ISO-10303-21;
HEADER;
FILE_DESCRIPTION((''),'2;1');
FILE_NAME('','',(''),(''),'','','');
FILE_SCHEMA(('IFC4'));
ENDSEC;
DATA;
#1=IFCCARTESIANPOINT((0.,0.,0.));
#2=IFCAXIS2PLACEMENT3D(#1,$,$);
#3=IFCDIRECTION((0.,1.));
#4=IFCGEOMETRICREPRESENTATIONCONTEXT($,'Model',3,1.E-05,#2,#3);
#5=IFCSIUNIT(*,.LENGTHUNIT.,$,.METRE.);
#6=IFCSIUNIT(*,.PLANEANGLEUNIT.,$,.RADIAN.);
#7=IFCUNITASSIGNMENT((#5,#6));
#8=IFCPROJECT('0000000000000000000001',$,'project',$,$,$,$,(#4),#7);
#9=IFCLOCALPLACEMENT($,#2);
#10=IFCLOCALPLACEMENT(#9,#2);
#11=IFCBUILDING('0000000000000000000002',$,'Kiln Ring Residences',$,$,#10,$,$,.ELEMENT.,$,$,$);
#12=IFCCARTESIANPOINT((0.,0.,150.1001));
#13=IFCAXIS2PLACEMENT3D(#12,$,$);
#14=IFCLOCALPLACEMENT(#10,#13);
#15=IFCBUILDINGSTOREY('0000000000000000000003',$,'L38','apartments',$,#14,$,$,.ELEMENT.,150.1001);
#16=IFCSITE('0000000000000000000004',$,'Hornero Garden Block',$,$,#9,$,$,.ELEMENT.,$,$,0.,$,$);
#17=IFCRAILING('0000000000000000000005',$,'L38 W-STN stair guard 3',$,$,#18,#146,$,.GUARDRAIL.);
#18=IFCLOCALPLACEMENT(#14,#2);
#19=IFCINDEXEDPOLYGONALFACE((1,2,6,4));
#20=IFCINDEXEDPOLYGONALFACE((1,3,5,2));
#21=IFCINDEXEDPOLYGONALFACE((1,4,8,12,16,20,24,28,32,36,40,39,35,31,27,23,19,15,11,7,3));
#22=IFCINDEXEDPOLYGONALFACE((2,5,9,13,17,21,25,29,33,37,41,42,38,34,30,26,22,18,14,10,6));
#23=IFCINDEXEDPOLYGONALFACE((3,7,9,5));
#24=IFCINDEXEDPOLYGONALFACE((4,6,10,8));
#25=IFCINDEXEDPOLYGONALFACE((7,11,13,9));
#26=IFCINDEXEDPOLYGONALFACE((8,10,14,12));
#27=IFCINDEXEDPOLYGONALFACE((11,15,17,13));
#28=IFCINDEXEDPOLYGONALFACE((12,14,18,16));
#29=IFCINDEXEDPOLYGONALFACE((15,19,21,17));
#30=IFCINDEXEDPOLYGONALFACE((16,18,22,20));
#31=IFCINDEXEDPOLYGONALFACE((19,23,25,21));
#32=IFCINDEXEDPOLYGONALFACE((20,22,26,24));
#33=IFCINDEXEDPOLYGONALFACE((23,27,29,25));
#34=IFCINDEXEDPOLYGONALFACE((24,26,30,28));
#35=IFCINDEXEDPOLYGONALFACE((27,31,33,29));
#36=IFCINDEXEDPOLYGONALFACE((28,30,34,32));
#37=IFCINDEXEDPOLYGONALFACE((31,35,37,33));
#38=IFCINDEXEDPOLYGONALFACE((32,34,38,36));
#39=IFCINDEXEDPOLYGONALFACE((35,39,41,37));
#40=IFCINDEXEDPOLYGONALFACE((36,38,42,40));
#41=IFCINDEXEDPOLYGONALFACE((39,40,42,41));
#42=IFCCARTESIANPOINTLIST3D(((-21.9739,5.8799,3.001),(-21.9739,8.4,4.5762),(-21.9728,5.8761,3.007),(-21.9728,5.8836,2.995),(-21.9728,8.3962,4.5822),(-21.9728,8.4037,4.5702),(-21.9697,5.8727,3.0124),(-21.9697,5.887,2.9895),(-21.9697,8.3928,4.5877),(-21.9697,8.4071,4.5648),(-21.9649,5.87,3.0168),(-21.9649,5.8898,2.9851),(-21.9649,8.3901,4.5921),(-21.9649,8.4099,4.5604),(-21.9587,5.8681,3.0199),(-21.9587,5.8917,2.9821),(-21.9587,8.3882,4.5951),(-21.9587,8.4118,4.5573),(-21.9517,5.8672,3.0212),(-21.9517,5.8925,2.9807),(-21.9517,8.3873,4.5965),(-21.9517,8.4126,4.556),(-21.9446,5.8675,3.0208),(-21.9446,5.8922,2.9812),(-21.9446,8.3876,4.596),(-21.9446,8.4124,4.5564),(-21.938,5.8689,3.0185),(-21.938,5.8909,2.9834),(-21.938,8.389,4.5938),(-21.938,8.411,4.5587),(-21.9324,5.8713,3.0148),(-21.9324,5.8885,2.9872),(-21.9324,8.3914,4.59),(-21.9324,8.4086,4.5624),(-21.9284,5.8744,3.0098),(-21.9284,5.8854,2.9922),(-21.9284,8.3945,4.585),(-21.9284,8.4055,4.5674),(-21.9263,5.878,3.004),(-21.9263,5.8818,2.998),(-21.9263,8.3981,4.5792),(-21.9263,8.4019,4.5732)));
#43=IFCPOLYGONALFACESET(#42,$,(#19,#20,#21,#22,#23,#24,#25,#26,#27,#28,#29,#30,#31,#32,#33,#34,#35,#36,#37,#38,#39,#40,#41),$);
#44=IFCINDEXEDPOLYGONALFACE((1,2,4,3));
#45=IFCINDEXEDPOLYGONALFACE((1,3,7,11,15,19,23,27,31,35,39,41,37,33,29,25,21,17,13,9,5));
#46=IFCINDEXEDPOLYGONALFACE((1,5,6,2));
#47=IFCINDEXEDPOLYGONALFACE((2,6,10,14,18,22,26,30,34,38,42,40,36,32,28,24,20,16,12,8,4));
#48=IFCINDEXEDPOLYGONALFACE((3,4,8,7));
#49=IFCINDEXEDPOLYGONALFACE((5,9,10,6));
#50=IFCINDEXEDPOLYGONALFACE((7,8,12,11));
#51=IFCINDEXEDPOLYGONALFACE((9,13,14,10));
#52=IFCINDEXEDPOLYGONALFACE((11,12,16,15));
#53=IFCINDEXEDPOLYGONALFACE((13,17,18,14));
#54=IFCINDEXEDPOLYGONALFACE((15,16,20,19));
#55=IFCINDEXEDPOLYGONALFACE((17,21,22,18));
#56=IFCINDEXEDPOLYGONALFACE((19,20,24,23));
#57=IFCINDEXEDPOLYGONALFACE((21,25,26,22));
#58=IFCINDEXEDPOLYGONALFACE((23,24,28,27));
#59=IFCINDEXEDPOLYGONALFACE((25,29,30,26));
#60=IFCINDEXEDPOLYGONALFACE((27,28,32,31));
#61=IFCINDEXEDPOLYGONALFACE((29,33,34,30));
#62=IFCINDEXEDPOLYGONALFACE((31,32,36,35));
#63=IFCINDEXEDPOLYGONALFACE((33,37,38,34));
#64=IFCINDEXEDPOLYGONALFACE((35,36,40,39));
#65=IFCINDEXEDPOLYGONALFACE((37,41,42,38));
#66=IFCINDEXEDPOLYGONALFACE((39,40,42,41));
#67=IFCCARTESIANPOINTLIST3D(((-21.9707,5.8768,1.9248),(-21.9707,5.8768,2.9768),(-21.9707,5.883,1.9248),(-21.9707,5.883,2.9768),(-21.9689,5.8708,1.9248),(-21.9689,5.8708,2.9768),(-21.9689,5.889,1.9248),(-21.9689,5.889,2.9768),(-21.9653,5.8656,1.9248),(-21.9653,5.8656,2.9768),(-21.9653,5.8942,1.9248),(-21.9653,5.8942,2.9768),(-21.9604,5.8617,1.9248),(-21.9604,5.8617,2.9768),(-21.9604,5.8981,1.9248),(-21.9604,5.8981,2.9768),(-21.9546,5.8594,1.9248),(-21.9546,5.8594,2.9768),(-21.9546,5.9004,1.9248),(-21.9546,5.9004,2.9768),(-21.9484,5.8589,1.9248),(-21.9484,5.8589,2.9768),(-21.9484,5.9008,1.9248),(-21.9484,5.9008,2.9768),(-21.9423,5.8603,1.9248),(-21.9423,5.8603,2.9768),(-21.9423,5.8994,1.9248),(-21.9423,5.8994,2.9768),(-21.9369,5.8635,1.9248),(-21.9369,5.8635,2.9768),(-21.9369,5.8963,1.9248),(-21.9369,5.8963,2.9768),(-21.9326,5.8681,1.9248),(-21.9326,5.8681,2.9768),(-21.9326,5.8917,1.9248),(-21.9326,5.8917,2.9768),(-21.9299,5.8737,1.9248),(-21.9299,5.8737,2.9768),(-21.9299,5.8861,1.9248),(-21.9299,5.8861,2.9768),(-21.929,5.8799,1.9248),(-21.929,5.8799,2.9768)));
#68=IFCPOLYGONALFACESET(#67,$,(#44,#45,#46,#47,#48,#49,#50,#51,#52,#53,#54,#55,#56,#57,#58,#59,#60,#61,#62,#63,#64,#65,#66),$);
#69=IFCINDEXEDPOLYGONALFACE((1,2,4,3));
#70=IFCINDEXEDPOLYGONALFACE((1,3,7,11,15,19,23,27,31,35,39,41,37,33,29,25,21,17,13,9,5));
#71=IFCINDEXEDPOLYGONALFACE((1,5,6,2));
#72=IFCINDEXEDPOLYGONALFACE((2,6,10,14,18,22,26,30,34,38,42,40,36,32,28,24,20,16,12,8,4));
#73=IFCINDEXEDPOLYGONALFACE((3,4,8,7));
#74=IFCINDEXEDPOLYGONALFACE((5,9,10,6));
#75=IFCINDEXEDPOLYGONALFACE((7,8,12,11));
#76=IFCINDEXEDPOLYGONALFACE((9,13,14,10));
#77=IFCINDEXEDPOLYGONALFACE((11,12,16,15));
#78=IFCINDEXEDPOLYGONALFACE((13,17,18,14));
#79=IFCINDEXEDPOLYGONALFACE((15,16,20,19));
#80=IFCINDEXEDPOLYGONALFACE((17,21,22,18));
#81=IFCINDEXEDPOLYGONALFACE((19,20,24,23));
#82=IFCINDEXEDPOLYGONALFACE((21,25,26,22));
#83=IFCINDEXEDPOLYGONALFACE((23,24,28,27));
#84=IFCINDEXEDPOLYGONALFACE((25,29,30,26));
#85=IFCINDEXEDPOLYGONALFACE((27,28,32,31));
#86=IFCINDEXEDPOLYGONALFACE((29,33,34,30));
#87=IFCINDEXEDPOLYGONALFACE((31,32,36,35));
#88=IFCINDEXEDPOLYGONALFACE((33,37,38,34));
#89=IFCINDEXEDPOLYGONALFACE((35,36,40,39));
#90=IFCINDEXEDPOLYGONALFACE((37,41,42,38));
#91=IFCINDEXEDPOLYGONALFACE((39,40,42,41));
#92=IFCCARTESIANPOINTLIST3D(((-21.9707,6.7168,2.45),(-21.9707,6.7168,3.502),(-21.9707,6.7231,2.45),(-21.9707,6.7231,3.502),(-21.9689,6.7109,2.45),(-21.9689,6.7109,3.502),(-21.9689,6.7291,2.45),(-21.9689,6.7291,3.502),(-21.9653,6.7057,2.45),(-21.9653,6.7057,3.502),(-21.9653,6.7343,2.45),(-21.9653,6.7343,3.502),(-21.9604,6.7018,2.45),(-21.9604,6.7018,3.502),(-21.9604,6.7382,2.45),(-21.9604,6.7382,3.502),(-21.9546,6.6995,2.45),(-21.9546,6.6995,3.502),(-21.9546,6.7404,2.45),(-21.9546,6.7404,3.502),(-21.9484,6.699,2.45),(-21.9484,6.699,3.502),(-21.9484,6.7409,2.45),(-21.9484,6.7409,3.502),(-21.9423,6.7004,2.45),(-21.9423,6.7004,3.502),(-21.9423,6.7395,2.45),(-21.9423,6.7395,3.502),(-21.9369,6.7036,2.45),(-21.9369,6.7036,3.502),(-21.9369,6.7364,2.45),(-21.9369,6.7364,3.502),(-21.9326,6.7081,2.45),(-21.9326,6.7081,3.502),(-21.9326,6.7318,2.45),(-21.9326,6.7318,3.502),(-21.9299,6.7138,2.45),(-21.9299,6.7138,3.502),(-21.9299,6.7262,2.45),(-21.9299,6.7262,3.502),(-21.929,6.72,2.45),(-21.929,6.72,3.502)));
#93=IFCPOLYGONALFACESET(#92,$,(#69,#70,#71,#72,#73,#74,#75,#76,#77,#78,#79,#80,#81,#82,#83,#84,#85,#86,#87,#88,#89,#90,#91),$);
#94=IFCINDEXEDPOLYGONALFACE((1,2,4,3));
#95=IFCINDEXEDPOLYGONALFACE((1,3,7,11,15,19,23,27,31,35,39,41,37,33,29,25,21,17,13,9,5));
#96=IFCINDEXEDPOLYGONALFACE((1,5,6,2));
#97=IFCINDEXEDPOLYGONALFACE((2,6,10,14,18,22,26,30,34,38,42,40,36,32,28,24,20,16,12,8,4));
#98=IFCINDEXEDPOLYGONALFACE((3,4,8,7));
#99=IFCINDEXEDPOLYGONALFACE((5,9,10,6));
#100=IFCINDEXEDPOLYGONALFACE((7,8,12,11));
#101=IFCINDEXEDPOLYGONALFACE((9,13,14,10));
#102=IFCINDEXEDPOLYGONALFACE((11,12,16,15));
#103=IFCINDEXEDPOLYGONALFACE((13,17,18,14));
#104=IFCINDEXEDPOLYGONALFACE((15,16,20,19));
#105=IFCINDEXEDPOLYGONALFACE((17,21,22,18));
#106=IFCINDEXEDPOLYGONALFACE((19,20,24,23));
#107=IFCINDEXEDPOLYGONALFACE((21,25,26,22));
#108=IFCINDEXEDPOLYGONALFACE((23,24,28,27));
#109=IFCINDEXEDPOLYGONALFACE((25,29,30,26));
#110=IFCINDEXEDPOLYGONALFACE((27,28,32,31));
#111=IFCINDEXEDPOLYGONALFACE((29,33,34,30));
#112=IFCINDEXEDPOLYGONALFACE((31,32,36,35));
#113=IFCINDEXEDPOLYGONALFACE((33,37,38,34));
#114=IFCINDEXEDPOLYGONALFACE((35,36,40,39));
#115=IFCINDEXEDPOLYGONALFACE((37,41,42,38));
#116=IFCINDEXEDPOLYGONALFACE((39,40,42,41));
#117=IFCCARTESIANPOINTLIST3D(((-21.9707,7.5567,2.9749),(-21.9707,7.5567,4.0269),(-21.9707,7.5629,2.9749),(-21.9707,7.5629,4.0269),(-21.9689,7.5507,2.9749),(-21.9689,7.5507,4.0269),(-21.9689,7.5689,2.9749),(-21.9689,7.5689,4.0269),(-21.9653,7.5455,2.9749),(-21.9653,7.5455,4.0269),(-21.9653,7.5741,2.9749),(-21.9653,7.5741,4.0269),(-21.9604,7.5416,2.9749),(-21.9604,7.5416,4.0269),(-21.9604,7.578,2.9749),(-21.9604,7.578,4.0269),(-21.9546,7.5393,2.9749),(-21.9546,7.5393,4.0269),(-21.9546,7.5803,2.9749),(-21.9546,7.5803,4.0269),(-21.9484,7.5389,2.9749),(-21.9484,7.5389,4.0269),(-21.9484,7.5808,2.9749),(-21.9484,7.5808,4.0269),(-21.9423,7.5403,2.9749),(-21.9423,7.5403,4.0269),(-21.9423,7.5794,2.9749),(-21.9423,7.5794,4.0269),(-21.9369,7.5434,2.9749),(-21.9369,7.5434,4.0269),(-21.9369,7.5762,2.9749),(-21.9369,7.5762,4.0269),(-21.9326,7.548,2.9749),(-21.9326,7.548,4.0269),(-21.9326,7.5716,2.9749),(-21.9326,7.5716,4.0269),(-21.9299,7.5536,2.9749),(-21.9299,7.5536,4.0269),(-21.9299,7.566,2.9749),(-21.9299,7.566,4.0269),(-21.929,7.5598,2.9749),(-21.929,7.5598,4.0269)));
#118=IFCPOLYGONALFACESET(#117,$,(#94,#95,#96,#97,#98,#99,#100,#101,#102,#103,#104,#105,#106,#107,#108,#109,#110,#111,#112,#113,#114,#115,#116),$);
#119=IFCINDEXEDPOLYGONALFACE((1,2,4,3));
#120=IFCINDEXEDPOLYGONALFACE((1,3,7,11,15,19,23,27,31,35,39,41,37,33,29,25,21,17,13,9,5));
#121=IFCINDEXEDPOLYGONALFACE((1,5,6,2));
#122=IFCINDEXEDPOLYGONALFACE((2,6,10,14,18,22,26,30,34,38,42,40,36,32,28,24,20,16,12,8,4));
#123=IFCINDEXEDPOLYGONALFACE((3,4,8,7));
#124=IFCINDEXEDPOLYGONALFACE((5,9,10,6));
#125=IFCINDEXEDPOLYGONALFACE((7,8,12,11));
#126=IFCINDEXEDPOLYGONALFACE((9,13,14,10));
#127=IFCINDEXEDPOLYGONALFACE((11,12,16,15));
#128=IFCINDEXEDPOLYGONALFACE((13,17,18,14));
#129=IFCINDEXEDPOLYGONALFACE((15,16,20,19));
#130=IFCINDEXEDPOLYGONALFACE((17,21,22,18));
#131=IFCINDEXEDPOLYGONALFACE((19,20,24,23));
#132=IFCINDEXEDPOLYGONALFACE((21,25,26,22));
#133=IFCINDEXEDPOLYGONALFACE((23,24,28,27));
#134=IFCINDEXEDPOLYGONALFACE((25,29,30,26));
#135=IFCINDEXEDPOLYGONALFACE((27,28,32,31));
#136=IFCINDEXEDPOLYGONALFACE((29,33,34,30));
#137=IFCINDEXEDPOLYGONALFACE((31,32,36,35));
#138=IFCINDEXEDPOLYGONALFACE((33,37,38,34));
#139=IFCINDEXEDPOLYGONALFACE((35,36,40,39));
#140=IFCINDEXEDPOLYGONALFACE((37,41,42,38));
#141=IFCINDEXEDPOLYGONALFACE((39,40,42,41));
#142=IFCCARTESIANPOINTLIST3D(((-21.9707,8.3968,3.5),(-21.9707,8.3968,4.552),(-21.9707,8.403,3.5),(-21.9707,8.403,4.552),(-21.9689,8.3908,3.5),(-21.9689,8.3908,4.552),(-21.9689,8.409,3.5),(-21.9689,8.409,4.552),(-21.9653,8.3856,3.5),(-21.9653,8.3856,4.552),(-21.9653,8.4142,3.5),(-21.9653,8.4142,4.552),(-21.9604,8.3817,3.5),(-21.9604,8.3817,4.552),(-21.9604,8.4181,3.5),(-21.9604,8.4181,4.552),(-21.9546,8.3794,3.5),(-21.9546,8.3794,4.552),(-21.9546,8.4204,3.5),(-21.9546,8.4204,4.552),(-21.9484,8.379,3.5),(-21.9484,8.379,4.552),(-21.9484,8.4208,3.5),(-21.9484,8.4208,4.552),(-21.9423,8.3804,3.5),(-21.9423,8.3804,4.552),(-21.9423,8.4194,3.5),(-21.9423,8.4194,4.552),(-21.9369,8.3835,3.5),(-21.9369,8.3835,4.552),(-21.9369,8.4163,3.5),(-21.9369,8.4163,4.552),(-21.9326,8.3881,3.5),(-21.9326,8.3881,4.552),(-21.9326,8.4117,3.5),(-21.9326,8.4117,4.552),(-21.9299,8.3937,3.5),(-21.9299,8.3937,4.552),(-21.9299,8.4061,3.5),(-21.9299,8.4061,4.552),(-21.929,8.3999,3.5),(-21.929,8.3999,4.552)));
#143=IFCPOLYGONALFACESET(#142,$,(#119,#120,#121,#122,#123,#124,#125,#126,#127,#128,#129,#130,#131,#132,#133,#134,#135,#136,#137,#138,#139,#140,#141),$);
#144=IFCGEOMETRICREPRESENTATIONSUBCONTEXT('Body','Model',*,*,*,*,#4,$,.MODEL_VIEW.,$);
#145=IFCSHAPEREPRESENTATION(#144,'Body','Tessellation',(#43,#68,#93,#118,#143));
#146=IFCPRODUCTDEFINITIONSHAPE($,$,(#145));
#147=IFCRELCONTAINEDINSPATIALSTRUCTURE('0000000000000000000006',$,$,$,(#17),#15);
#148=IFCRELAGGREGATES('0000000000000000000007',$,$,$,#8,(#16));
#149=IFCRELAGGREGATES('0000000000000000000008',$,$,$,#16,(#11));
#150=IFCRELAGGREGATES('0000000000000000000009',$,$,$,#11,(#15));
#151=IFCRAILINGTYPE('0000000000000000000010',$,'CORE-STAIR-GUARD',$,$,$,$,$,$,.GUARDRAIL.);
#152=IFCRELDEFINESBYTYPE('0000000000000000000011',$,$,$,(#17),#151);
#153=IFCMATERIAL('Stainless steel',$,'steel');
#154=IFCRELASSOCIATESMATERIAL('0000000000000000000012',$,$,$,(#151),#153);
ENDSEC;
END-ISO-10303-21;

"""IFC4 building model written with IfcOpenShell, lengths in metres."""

from ifc_helpers import new_model, si_unit, direction, frame, origin, origin_2d, place, context, subcontext, project, spatial, circle, extrude, material, type_object, element, save


model = new_model("IFC4")

# Units and contexts
model_context = context("Model", 3, precision=1e-05, world=origin(), true_north=direction((0.0, 1.0)))
body_context = subcontext(model_context, "Body", "Model", "MODEL_VIEW")
ifc_project = project(units=[si_unit("LENGTHUNIT", "METRE"), si_unit("PLANEANGLEUNIT", "RADIAN")], contexts=[model_context])

# Site, building, storey
site_placement = place(None, origin())
site = spatial("IfcSite", under=ifc_project, at=site_placement, Name="Hornero Garden Block", CompositionType="ELEMENT", RefElevation=0.0)
building_placement = place(site_placement, origin())
building = spatial("IfcBuilding", under=site, at=building_placement, Name="Kiln Ring Residences", CompositionType="ELEMENT")
storey_placement = place(building_placement, frame((0.0, 0.0, 150.1001)))
storey = spatial("IfcBuildingStorey", under=building, at=storey_placement, Name="L38", Description="apartments", CompositionType="ELEMENT", Elevation=150.1001)

# Railing
ifc_material_1 = material(Name="Stainless steel", Category="steel")
railing_type_1 = type_object("IfcRailingType", Name="CORE-STAIR-GUARD", PredefinedType="GUARDRAIL", material=ifc_material_1)
railing_1_placement = place(storey_placement, frame((-21.95, 5.8799, 1.9248)))
element("IfcRailing", 1, at=railing_1_placement, inside=storey, type_object=railing_type_1, Name="L38 W-STN stair guard 3", PredefinedType="GUARDRAIL", context=body_context, shape_type="SweptSolid", body=[
    extrude(circle(Radius=0.0239, at=origin_2d()), frame((0.0, 0.0, 1.0762), z_axis=(0.0, 0.847971, 0.530043), x_axis=(-1.0, 0.0, 0.0)), (0.0, 0.0, 1.0), 2.9719),
    extrude(circle(Radius=0.021, at=origin_2d()), origin(), (0.0, 0.0, 1.0), 1.052),
    extrude(circle(Radius=0.021, at=origin_2d()), frame((0.0, 0.8401, 0.5251)), (0.0, 0.0, 1.0), 1.052),
    extrude(circle(Radius=0.021, at=origin_2d()), frame((0.0, 1.6799, 1.05)), (0.0, 0.0, 1.0), 1.052),
    extrude(circle(Radius=0.021, at=origin_2d()), frame((0.0, 2.52, 1.5752)), (0.0, 0.0, 1.0), 1.052),
])

save(model, "model.ifc")
